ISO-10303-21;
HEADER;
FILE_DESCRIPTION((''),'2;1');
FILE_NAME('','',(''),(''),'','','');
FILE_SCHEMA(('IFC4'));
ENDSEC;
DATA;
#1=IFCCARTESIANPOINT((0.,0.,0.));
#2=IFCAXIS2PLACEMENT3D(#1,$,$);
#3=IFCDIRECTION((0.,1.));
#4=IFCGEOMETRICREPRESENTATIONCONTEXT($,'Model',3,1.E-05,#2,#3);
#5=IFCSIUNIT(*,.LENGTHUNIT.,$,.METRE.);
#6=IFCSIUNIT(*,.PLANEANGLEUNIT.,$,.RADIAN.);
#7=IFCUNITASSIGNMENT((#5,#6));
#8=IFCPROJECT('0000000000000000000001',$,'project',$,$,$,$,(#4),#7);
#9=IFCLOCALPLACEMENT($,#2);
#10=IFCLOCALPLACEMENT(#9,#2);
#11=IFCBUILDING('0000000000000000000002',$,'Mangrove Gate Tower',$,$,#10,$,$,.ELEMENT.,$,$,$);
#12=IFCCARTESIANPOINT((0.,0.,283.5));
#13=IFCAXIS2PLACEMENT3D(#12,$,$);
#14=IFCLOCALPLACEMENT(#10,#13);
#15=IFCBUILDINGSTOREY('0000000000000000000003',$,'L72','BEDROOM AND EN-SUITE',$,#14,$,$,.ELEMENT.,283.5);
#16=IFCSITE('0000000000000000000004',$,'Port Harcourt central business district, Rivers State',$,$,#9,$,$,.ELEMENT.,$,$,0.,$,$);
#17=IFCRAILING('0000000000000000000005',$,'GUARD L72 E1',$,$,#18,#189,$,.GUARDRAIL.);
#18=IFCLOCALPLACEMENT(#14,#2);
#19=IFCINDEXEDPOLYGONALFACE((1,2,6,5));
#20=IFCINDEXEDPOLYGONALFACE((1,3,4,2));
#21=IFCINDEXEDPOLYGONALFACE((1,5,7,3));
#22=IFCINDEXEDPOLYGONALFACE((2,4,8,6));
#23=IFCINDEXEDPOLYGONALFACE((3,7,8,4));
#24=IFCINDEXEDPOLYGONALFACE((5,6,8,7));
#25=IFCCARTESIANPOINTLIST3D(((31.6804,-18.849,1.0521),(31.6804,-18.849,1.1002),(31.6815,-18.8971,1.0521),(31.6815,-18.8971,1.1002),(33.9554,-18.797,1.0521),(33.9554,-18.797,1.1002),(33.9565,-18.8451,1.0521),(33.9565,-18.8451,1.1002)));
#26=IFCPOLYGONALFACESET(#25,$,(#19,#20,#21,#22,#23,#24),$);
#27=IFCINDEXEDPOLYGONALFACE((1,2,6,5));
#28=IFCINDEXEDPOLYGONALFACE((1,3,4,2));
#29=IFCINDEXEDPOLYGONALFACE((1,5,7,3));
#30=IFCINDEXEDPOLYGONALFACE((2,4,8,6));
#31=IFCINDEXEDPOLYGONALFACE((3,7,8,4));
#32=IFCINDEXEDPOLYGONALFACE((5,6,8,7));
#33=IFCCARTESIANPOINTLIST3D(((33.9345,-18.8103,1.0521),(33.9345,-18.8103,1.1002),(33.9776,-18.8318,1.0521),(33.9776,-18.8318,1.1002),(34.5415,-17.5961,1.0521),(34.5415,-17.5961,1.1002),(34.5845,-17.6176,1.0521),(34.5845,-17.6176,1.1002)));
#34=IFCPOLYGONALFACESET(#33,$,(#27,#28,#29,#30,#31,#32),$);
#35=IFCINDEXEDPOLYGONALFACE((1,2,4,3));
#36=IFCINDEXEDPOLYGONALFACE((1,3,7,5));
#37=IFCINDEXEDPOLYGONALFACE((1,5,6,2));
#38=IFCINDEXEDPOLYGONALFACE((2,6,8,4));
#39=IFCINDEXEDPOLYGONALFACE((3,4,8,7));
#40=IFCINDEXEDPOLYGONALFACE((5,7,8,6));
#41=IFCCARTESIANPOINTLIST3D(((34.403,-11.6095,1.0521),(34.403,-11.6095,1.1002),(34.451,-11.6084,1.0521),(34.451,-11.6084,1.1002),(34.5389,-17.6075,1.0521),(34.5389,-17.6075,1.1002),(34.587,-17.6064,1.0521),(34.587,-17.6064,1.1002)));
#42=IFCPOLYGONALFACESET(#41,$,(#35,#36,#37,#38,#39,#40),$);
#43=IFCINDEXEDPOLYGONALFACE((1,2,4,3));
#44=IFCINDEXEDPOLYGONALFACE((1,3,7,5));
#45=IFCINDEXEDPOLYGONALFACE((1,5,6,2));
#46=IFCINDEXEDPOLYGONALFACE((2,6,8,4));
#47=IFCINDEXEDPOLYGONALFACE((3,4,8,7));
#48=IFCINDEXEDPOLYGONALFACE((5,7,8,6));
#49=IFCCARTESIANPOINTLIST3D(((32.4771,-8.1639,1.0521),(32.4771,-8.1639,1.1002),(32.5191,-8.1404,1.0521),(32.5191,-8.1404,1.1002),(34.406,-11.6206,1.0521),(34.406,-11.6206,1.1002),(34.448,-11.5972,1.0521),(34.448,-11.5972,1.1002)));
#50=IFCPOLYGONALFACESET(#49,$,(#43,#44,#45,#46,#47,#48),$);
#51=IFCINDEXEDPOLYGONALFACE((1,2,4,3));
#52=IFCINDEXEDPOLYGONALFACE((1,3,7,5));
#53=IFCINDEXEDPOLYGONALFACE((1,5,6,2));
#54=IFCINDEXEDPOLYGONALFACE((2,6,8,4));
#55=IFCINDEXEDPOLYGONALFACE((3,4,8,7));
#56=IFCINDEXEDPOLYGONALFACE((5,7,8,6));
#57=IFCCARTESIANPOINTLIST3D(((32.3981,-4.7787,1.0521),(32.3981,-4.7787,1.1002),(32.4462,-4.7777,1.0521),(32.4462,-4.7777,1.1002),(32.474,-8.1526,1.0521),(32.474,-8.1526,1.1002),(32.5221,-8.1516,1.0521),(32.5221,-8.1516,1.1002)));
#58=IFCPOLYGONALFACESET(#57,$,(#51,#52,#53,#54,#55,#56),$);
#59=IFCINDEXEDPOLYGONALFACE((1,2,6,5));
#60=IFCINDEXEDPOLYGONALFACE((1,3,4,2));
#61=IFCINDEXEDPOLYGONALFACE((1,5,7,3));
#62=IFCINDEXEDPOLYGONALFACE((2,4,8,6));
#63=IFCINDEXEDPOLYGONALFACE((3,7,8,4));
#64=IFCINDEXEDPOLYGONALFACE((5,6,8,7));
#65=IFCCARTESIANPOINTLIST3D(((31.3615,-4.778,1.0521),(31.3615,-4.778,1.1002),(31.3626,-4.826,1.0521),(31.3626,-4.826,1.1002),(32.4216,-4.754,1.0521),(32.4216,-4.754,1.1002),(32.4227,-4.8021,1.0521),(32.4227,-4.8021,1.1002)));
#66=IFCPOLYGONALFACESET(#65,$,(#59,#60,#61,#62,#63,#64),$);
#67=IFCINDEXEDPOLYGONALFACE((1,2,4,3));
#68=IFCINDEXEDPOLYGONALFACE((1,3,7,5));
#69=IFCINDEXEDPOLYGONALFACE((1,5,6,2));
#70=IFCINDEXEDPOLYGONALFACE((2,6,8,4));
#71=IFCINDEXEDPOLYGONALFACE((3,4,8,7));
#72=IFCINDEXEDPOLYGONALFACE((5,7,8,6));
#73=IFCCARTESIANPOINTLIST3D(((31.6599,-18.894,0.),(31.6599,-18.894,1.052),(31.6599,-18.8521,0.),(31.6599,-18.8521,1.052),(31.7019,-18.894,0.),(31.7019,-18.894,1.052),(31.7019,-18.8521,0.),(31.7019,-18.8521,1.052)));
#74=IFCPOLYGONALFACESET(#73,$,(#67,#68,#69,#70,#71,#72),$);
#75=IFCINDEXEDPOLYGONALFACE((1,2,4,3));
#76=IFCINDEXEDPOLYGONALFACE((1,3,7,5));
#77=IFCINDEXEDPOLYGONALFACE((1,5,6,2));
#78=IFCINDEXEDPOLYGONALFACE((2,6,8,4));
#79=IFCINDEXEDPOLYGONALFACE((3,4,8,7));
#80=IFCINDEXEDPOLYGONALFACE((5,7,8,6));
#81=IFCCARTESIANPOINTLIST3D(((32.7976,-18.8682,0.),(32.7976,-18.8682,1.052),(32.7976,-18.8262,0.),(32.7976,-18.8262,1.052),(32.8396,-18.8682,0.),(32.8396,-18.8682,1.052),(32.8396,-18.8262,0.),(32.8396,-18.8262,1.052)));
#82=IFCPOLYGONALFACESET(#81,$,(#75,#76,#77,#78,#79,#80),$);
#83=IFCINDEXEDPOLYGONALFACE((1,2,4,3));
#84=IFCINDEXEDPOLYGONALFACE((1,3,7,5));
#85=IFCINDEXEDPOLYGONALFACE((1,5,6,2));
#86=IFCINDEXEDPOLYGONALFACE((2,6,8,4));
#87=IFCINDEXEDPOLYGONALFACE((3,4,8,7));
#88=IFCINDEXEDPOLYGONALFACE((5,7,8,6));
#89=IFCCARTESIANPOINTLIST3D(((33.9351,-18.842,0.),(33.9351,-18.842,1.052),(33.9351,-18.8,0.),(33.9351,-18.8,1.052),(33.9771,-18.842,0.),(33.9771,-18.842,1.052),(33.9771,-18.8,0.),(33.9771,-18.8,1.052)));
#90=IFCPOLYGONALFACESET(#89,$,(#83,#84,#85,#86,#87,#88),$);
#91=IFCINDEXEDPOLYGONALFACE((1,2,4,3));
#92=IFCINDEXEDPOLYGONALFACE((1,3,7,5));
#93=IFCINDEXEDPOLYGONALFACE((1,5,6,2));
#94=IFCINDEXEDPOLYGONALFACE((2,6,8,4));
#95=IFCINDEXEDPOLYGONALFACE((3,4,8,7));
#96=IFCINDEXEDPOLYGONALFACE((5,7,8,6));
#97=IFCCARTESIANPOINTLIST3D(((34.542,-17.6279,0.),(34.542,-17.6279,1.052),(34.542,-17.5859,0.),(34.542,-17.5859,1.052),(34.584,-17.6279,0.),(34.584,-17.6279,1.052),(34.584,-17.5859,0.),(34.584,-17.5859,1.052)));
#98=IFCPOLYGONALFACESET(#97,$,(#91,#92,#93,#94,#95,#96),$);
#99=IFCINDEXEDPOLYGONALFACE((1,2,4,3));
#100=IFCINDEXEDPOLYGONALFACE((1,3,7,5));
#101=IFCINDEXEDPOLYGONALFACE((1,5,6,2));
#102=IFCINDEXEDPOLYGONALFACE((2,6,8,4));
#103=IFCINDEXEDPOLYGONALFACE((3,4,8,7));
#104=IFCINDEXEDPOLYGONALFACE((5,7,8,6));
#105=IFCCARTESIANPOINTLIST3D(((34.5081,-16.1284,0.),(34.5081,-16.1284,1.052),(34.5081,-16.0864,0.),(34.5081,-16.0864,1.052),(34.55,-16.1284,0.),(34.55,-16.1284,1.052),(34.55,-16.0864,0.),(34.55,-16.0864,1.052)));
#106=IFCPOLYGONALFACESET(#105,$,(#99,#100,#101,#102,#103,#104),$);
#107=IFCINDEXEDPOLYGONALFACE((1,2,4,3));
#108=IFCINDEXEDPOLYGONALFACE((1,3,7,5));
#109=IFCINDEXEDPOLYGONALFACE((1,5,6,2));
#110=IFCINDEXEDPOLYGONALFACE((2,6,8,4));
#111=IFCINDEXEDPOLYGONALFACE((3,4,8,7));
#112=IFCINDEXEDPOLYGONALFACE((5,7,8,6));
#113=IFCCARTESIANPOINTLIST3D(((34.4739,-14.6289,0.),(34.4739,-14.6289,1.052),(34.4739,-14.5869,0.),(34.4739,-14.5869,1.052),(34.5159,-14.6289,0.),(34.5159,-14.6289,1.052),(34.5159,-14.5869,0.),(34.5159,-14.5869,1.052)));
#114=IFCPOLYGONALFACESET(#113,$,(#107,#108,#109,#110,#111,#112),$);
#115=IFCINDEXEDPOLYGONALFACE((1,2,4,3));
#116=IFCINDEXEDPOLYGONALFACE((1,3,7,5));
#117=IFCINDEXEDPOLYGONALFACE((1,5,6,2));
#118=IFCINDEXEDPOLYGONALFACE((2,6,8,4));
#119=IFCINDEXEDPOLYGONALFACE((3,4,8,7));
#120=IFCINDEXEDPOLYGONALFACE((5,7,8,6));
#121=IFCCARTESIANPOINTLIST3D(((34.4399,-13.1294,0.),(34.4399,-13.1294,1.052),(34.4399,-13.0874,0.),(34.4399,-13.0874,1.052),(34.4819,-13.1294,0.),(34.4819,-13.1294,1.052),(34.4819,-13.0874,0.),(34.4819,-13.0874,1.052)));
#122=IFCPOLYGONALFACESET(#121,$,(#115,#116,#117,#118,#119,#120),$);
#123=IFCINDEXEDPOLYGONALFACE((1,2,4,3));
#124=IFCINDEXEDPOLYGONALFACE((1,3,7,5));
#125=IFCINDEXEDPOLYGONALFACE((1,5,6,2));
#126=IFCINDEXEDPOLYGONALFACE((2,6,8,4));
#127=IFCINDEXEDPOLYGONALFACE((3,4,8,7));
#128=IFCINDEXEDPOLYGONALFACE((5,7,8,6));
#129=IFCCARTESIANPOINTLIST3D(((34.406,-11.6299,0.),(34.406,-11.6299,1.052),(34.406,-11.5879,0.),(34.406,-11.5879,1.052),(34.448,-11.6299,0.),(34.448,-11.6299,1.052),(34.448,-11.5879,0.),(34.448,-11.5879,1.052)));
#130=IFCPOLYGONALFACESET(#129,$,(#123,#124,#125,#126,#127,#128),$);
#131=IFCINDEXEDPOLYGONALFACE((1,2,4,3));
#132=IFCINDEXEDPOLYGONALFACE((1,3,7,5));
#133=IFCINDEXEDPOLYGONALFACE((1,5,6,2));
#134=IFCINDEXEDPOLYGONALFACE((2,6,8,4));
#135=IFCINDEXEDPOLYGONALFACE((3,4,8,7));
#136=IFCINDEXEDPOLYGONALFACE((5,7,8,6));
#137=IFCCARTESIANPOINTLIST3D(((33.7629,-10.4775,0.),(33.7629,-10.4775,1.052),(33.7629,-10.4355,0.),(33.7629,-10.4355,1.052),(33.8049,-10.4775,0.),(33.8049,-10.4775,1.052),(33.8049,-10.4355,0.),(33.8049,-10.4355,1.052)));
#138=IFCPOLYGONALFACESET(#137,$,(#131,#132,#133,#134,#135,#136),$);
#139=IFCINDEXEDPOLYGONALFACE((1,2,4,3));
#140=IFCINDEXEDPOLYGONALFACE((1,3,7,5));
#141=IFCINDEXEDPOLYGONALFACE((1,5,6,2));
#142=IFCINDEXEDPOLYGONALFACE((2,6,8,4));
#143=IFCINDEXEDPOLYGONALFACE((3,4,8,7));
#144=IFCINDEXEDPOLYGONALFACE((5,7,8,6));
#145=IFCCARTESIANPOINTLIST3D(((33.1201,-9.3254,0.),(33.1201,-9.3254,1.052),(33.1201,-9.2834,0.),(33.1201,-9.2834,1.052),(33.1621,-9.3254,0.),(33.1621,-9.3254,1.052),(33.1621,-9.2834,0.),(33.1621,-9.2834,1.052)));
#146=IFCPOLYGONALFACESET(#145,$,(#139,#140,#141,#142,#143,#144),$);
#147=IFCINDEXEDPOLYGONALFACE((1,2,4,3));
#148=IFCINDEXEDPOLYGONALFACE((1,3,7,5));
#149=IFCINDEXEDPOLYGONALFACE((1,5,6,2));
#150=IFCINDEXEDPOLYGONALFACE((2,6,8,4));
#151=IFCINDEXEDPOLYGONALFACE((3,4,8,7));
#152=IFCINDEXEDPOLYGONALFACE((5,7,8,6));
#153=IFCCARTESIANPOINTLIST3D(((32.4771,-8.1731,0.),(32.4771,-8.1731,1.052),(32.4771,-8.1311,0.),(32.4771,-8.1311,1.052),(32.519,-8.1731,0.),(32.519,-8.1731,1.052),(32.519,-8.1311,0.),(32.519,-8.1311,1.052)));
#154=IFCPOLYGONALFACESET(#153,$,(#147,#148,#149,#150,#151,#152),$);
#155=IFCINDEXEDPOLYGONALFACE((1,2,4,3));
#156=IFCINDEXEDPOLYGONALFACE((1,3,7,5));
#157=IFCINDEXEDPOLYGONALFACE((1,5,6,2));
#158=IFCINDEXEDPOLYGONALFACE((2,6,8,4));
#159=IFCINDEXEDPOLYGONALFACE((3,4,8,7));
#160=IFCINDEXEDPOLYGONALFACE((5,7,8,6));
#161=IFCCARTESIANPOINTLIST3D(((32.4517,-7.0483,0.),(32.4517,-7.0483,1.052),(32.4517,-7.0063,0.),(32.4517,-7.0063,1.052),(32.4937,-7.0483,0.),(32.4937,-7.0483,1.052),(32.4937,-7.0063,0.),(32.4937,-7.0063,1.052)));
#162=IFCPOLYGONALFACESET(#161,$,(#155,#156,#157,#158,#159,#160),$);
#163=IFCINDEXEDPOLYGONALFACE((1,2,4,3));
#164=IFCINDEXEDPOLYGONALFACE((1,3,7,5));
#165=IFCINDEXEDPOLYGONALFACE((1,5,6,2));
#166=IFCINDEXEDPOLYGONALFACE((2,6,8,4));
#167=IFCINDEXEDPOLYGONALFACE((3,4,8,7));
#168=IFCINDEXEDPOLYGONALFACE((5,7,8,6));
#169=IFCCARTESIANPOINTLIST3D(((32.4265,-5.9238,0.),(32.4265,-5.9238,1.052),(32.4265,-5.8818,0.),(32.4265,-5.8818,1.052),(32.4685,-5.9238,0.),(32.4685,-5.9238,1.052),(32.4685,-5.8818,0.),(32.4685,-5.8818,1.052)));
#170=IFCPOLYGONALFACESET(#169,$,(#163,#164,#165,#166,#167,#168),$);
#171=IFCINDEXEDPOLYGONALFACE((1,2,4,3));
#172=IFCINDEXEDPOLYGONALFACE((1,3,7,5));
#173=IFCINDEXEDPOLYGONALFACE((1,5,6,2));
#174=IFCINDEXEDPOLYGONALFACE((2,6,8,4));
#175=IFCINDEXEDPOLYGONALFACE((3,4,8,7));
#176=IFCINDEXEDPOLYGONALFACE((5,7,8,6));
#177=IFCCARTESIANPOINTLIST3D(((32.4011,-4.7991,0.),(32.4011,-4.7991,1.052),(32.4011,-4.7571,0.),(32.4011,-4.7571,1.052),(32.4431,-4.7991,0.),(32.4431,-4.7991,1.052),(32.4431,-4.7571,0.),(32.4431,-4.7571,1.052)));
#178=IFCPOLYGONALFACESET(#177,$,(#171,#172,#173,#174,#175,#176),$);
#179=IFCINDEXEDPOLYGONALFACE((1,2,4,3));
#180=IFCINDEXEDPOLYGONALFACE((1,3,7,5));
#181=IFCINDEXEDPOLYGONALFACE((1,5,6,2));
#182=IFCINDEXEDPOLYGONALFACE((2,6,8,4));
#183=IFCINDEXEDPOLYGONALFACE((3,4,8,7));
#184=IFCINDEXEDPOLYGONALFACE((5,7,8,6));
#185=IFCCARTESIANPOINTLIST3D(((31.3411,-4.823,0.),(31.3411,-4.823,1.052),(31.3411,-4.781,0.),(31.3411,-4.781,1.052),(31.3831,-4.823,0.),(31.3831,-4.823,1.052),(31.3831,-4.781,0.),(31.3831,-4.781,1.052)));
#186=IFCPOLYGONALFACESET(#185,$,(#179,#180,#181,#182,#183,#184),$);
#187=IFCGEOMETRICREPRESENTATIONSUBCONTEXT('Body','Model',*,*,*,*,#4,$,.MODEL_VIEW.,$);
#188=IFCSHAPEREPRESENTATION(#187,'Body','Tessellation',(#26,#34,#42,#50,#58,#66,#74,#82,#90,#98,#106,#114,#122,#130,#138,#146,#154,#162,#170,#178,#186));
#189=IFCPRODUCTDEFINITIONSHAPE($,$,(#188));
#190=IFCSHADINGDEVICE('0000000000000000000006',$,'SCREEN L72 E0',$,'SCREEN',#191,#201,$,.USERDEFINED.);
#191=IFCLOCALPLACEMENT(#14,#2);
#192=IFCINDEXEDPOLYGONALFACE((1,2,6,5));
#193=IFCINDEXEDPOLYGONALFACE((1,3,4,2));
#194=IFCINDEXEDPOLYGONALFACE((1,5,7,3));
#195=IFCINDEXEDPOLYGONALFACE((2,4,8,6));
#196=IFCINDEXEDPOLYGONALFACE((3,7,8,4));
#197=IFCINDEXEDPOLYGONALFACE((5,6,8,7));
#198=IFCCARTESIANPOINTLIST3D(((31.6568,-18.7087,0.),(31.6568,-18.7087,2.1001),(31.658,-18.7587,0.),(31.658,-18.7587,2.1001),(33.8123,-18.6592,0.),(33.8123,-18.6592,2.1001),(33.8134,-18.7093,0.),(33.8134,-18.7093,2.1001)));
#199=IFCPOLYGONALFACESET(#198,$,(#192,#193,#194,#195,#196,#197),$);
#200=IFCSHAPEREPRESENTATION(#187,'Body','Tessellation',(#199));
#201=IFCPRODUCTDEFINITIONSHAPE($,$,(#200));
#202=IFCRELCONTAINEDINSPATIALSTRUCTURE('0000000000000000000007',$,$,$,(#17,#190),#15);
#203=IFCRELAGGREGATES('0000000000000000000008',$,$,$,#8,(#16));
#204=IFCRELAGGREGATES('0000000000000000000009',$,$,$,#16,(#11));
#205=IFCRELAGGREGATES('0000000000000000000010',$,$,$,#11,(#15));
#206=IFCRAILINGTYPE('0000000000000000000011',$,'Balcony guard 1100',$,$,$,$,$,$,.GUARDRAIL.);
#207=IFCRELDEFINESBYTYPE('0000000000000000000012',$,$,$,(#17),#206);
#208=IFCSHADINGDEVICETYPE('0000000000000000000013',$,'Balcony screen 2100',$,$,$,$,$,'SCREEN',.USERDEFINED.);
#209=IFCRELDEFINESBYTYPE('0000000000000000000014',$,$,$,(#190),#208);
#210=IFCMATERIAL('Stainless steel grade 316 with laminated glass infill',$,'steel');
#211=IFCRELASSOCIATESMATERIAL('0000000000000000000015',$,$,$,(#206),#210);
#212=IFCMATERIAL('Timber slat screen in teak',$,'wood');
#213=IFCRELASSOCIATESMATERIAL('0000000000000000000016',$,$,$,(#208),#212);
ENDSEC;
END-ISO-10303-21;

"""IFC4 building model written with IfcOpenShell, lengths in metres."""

from ifc_helpers import new_model, si_unit, direction, frame, origin, origin_2d, place, context, subcontext, project, spatial, rectangle, extrude, material, type_object, element, save


model = new_model("IFC4")

# Units and contexts
model_context = context("Model", 3, precision=1e-05, world=origin(), true_north=direction((0.0, 1.0)))
body_context = subcontext(model_context, "Body", "Model", "MODEL_VIEW")
ifc_project = project(units=[si_unit("LENGTHUNIT", "METRE"), si_unit("PLANEANGLEUNIT", "RADIAN")], contexts=[model_context])

# Site, building, storey
site_placement = place(None, origin())
site = spatial("IfcSite", under=ifc_project, at=site_placement, Name="Port Harcourt central business district, Rivers State", CompositionType="ELEMENT", RefElevation=0.0)
building_placement = place(site_placement, origin())
building = spatial("IfcBuilding", under=site, at=building_placement, Name="Mangrove Gate Tower", CompositionType="ELEMENT")
storey_placement = place(building_placement, frame((0.0, 0.0, 283.5)))
storey = spatial("IfcBuildingStorey", under=building, at=storey_placement, Name="L72", Description="BEDROOM AND EN-SUITE", CompositionType="ELEMENT", Elevation=283.5)

# Railing
ifc_material_1 = material(Name="Stainless steel grade 316 with laminated glass infill", Category="steel")
railing_type = type_object("IfcRailingType", Name="Balcony guard 1100", PredefinedType="GUARDRAIL", material=ifc_material_1)
railing_placement = place(storey_placement, frame((31.6809, -18.873, 0.0)))
element("IfcRailing", 1, at=railing_placement, inside=storey, type_object=railing_type, Name="GUARD L72 E1", PredefinedType="GUARDRAIL", context=body_context, shape_type="SweptSolid", body=[
    extrude(rectangle(XDim=0.0481, YDim=0.0481, at=origin_2d()), frame((0.0, 0.0, 1.0762), z_axis=(0.999739, 0.022851, 0.0), x_axis=(-0.022851, 0.999739, 0.0)), (0.0, 0.0, 1.0), 2.2756),
    extrude(rectangle(XDim=0.0481, YDim=0.0481, at=origin_2d()), frame((2.2751, 0.052, 1.0762), z_axis=(0.447142, 0.894463, 0.0), x_axis=(-0.894463, 0.447142, 0.0)), (0.0, 0.0, 1.0), 1.3574),
    extrude(rectangle(XDim=0.0481, YDim=0.0481, at=origin_2d()), frame((2.8821, 1.2661, 1.0762), z_axis=(-0.022666, 0.999743, 0.0), x_axis=(-0.999743, -0.022666, 0.0)), (0.0, 0.0, 1.0), 5.9995),
    extrude(rectangle(XDim=0.0481, YDim=0.0481, at=origin_2d()), frame((2.7461, 7.2642, 1.0762), z_axis=(-0.487286, 0.873242, 0.0), x_axis=(-0.873242, -0.487286, 0.0)), (0.0, 0.0, 1.0), 3.9585),
    extrude(rectangle(XDim=0.0481, YDim=0.0481, at=origin_2d()), frame((0.8171, 10.7209, 1.0762), z_axis=(-0.022498, 0.999747, 0.0), x_axis=(-0.999747, -0.022498, 0.0)), (0.0, 0.0, 1.0), 3.3748),
    extrude(rectangle(XDim=0.0481, YDim=0.0481, at=origin_2d()), frame((0.7412, 14.095, 1.0762), z_axis=(-0.999745, -0.022564, 0.0), x_axis=(0.022564, -0.999745, 0.0)), (0.0, 0.0, 1.0), 1.0603),
    extrude(rectangle(XDim=0.042, YDim=0.042, at=origin_2d()), origin(), (0.0, 0.0, 1.0), 1.052),
    extrude(rectangle(XDim=0.042, YDim=0.042, at=origin_2d()), frame((1.1377, 0.0259, 0.0)), (0.0, 0.0, 1.0), 1.052),
    extrude(rectangle(XDim=0.042, YDim=0.042, at=origin_2d()), frame((2.2751, 0.052, 0.0)), (0.0, 0.0, 1.0), 1.052),
    extrude(rectangle(XDim=0.042, YDim=0.042, at=origin_2d()), frame((2.8821, 1.2661, 0.0)), (0.0, 0.0, 1.0), 1.052),
    extrude(rectangle(XDim=0.042, YDim=0.042, at=origin_2d()), frame((2.8481, 2.7656, 0.0)), (0.0, 0.0, 1.0), 1.052),
    extrude(rectangle(XDim=0.042, YDim=0.042, at=origin_2d()), frame((2.814, 4.2651, 0.0)), (0.0, 0.0, 1.0), 1.052),
    extrude(rectangle(XDim=0.042, YDim=0.042, at=origin_2d()), frame((2.78, 5.7646, 0.0)), (0.0, 0.0, 1.0), 1.052),
    extrude(rectangle(XDim=0.042, YDim=0.042, at=origin_2d()), frame((2.7461, 7.2642, 0.0)), (0.0, 0.0, 1.0), 1.052),
    extrude(rectangle(XDim=0.042, YDim=0.042, at=origin_2d()), frame((2.103, 8.4165, 0.0)), (0.0, 0.0, 1.0), 1.052),
    extrude(rectangle(XDim=0.042, YDim=0.042, at=origin_2d()), frame((1.4602, 9.5686, 0.0)), (0.0, 0.0, 1.0), 1.052),
    extrude(rectangle(XDim=0.042, YDim=0.042, at=origin_2d()), frame((0.8171, 10.7209, 0.0)), (0.0, 0.0, 1.0), 1.052),
    extrude(rectangle(XDim=0.042, YDim=0.042, at=origin_2d()), frame((0.7917, 11.8457, 0.0)), (0.0, 0.0, 1.0), 1.052),
    extrude(rectangle(XDim=0.042, YDim=0.042, at=origin_2d()), frame((0.7666, 12.9702, 0.0)), (0.0, 0.0, 1.0), 1.052),
    extrude(rectangle(XDim=0.042, YDim=0.042, at=origin_2d()), frame((0.7412, 14.095, 0.0)), (0.0, 0.0, 1.0), 1.052),
    extrude(rectangle(XDim=0.042, YDim=0.042, at=origin_2d()), frame((-0.3188, 14.071, 0.0)), (0.0, 0.0, 1.0), 1.052),
])

# Shading device
ifc_material_2 = material(Name="Timber slat screen in teak", Category="wood")
shading_device_type = type_object("IfcShadingDeviceType", Name="Balcony screen 2100", ElementType="SCREEN", PredefinedType="USERDEFINED", material=ifc_material_2)
shading_device_placement = place(storey_placement, frame((32.7351, -18.709, 0.0), z_axis=(0.0, 0.0, 1.0), x_axis=(0.999737, 0.022932, 0.0)))
element("IfcShadingDevice", 2, at=shading_device_placement, inside=storey, type_object=shading_device_type, Name="SCREEN L72 E0", ObjectType="SCREEN", PredefinedType="USERDEFINED", context=body_context, shape_type="SweptSolid", body=[
    extrude(rectangle(XDim=2.156, YDim=0.05, at=origin_2d()), origin(), (0.0, 0.0, 1.0), 2.1001),
])

save(model, "model.ifc")
